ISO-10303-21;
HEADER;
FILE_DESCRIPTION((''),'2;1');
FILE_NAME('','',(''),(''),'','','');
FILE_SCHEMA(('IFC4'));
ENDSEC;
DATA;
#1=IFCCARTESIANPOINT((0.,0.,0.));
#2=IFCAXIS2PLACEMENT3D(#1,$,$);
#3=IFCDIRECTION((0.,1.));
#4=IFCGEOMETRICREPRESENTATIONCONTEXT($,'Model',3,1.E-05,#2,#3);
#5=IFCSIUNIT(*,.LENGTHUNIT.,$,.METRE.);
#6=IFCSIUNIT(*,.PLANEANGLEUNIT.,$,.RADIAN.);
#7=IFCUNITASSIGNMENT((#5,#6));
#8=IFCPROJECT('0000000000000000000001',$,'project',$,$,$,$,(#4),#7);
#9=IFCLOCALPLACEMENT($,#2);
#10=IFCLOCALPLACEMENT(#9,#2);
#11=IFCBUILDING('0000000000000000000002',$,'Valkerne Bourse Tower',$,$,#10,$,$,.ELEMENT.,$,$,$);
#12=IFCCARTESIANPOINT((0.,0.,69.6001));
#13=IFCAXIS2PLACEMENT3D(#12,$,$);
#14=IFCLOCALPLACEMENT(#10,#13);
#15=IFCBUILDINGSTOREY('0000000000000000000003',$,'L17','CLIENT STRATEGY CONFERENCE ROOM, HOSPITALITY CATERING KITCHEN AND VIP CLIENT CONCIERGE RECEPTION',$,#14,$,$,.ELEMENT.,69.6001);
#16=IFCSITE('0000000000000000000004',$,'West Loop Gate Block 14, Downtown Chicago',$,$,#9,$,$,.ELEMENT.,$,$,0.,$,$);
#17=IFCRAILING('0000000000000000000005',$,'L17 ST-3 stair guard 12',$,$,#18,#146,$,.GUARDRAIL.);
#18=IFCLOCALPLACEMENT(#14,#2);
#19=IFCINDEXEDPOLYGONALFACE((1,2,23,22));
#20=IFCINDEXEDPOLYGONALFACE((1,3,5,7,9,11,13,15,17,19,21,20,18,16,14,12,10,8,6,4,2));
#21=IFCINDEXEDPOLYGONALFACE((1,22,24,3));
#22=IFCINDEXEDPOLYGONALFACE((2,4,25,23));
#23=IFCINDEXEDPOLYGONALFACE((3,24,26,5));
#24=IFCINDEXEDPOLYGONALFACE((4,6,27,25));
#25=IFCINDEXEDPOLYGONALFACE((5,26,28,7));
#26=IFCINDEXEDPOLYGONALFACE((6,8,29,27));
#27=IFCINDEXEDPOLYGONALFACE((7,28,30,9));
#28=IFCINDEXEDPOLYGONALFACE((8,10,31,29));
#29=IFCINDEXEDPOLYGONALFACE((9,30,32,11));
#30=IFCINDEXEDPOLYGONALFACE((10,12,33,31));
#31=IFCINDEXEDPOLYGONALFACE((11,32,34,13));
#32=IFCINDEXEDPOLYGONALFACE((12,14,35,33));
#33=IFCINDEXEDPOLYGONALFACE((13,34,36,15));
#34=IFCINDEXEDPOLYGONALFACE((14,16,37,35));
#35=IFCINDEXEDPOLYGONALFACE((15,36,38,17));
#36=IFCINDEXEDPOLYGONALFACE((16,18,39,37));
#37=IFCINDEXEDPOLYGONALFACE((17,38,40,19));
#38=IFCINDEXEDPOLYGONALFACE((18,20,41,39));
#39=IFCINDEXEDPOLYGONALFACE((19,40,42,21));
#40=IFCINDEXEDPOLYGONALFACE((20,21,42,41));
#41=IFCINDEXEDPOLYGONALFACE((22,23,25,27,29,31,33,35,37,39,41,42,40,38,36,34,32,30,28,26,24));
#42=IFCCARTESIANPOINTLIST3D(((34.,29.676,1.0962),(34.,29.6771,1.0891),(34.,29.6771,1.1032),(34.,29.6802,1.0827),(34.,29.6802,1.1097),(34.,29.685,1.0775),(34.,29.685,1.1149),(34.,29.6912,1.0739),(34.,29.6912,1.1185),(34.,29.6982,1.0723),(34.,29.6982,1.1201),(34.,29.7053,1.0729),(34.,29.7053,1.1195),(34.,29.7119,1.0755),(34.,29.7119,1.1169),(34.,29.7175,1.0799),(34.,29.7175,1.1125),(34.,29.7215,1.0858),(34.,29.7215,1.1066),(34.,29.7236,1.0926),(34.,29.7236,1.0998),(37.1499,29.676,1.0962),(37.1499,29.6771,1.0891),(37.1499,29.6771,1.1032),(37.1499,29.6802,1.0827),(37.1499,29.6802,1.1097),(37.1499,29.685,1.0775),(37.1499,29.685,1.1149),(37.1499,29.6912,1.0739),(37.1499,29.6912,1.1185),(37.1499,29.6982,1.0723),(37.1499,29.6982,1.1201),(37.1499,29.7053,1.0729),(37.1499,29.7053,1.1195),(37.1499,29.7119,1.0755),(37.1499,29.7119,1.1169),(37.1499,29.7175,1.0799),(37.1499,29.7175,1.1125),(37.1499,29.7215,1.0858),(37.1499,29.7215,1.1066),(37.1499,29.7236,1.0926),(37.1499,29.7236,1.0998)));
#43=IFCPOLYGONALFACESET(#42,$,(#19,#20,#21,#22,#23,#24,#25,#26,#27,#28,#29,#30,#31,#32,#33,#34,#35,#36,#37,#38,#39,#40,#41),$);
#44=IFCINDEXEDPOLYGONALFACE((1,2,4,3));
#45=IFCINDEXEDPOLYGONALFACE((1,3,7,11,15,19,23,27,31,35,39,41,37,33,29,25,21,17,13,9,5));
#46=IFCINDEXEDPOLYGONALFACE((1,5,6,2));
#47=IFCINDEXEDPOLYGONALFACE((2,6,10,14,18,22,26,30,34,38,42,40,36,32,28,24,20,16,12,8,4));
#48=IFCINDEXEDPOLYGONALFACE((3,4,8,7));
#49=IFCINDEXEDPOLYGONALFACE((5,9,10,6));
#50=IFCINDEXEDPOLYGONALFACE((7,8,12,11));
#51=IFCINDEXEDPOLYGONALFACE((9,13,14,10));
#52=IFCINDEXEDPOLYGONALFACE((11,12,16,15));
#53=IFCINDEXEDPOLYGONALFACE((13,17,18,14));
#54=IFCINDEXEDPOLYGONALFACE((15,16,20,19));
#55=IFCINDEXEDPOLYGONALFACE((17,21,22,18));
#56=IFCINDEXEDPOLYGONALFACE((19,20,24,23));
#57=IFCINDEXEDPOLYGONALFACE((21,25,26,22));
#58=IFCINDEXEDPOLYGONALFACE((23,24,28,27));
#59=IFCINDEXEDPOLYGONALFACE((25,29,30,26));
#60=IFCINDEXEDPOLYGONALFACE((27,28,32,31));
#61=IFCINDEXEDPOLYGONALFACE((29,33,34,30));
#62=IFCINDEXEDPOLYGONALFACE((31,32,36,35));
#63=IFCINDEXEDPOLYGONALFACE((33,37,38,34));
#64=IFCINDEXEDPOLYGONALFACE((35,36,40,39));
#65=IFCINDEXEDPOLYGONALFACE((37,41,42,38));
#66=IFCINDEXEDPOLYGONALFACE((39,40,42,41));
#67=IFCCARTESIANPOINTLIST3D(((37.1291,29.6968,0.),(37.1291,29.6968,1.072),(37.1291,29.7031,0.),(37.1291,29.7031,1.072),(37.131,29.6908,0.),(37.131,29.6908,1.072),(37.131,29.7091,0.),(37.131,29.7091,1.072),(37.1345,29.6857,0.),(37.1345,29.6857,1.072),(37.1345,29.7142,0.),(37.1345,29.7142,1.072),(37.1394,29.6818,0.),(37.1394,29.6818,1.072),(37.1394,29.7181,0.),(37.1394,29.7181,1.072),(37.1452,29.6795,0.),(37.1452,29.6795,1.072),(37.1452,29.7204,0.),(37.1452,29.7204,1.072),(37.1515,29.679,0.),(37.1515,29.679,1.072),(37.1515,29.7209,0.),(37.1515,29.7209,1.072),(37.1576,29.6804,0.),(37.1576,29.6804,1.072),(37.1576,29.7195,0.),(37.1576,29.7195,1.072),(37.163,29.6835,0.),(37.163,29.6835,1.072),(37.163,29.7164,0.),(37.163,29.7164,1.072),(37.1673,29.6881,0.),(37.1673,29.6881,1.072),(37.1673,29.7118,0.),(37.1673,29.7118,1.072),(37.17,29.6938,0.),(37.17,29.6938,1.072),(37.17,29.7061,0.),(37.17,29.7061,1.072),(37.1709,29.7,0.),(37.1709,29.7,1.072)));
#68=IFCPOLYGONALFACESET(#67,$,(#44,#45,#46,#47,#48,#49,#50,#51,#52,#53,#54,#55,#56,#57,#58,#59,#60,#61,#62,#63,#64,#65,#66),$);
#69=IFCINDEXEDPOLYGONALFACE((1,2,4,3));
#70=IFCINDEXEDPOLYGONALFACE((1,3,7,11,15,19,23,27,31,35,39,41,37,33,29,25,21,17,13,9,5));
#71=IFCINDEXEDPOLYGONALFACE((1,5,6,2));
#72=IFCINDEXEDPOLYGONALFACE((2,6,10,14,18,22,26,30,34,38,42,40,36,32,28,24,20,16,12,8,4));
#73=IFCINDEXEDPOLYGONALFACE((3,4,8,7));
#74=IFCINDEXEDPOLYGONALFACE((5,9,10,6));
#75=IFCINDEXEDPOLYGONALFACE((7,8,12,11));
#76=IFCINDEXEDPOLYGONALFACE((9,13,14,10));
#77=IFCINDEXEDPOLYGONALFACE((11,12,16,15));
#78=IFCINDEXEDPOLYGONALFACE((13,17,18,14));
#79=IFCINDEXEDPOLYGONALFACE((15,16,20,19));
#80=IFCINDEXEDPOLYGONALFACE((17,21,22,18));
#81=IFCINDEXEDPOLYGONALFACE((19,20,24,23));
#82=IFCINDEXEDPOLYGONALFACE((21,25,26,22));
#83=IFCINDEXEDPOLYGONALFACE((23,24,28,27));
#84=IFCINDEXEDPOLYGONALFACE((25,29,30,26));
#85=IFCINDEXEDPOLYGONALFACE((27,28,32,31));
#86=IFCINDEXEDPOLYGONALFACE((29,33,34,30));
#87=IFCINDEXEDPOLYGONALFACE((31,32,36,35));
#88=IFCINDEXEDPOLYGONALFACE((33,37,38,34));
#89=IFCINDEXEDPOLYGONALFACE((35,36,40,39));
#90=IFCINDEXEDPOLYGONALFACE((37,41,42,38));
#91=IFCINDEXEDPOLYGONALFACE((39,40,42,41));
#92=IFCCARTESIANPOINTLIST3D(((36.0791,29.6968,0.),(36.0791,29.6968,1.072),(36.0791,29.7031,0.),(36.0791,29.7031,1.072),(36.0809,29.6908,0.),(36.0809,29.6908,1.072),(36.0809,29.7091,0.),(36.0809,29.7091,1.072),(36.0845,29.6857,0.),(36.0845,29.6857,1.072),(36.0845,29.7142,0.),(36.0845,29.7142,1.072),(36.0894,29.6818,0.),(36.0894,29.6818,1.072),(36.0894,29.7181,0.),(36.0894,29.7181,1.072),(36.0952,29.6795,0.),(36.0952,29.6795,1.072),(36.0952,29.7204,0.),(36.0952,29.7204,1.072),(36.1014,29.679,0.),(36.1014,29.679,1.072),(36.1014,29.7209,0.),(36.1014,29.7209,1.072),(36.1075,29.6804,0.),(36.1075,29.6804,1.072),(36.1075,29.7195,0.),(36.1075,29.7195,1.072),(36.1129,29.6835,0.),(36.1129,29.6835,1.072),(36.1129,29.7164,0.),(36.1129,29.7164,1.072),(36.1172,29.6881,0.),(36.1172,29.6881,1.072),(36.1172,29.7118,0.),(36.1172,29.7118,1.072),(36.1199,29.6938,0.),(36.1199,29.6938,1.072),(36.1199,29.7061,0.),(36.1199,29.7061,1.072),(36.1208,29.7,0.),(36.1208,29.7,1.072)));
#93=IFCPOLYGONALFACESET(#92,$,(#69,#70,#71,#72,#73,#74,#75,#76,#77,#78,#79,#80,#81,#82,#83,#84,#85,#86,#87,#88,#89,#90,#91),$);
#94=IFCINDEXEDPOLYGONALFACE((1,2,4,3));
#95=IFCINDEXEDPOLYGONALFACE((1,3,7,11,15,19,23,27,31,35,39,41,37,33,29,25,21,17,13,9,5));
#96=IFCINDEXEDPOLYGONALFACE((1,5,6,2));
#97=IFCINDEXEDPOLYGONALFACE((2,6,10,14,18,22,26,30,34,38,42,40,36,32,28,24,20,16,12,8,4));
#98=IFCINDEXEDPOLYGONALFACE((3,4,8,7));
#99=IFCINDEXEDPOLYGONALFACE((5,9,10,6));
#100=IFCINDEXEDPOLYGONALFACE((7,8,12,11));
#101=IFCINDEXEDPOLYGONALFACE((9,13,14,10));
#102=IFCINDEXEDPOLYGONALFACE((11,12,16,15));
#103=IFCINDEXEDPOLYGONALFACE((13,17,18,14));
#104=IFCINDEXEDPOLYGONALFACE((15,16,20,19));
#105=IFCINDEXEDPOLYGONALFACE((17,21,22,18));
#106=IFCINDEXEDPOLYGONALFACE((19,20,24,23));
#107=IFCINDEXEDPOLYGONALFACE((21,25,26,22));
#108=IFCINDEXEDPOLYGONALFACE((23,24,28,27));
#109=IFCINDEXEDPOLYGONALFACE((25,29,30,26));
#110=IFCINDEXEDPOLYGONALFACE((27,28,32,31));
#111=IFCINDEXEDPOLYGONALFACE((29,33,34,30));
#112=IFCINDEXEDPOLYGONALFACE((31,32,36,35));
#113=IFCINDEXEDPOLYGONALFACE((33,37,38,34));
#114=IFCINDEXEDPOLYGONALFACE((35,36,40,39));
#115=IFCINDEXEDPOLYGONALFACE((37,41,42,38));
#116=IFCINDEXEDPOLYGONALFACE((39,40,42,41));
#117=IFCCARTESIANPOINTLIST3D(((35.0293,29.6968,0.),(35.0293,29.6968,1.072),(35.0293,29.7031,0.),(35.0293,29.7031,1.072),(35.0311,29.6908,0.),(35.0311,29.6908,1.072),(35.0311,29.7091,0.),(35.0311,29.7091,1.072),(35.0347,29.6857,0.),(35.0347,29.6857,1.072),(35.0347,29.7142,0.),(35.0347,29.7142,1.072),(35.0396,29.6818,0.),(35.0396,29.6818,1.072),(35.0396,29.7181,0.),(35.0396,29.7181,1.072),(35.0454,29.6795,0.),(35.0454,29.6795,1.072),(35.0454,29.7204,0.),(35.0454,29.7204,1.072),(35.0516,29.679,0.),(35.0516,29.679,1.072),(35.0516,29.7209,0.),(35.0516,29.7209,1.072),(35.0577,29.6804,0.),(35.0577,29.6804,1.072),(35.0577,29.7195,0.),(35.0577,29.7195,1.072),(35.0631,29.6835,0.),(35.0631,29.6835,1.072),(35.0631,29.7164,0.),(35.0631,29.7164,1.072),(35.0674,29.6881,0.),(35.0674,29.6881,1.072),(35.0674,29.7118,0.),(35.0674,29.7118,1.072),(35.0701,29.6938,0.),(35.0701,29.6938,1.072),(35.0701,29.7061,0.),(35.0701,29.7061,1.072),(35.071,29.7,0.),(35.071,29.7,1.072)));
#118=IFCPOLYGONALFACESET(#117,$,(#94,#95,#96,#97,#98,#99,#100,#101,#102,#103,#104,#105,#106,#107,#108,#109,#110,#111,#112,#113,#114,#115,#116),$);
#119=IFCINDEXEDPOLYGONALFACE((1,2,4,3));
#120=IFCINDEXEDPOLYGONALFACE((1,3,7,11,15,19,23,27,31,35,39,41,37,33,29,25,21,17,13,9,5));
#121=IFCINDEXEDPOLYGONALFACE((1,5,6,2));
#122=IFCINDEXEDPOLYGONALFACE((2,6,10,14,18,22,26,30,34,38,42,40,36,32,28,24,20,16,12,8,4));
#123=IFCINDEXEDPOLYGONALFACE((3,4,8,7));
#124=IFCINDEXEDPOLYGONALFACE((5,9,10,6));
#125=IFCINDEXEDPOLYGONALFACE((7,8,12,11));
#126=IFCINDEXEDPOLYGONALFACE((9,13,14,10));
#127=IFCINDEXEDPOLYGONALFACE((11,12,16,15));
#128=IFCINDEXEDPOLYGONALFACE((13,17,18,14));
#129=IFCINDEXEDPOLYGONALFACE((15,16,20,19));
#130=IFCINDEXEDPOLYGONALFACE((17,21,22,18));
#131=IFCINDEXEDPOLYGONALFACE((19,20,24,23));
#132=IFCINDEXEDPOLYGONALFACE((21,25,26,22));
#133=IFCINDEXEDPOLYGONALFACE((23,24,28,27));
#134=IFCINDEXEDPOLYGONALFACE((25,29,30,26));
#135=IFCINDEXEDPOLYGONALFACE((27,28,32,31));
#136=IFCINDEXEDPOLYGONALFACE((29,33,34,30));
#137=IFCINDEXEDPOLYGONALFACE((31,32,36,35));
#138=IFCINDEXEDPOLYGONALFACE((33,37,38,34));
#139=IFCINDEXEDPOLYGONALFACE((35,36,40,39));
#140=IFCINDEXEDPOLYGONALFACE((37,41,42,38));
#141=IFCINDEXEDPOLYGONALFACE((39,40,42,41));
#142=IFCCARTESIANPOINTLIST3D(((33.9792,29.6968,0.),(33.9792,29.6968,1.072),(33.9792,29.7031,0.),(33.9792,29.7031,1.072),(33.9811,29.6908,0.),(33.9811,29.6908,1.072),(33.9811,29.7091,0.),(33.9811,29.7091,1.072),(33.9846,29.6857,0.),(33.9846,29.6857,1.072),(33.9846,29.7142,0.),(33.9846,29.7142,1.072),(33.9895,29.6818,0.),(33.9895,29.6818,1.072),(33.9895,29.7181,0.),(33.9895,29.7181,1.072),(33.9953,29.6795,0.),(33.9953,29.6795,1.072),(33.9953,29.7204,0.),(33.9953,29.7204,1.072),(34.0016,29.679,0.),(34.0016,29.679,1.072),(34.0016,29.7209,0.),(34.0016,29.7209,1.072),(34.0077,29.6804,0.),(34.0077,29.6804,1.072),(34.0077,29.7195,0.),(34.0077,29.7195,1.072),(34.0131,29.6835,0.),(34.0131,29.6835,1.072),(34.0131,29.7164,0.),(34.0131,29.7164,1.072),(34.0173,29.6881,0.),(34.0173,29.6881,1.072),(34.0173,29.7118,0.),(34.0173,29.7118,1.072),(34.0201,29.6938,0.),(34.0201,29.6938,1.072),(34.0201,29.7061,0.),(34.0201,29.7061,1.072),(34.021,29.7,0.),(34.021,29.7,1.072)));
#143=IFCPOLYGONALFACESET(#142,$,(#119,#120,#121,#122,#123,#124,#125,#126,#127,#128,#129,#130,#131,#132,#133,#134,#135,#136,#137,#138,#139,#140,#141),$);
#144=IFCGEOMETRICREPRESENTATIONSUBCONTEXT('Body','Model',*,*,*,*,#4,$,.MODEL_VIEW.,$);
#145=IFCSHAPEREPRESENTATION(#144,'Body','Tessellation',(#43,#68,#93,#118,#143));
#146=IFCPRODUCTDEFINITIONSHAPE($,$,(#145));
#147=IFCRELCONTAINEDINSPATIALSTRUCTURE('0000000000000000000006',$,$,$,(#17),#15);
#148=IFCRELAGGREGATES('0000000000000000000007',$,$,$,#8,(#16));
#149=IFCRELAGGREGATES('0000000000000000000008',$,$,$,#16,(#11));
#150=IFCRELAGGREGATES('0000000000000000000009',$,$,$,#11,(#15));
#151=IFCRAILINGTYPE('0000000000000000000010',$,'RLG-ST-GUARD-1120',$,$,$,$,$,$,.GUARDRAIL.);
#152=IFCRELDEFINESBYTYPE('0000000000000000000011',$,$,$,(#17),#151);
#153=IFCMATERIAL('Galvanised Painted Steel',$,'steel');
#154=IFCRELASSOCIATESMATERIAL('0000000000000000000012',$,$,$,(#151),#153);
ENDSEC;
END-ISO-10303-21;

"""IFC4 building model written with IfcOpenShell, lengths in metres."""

from ifc_helpers import new_model, si_unit, direction, frame, origin, origin_2d, place, context, subcontext, project, spatial, circle, extrude, material, type_object, element, save


model = new_model("IFC4")

# Units and contexts
model_context = context("Model", 3, precision=1e-05, world=origin(), true_north=direction((0.0, 1.0)))
body_context = subcontext(model_context, "Body", "Model", "MODEL_VIEW")
ifc_project = project(units=[si_unit("LENGTHUNIT", "METRE"), si_unit("PLANEANGLEUNIT", "RADIAN")], contexts=[model_context])

# Site, building, storey
site_placement = place(None, origin())
site = spatial("IfcSite", under=ifc_project, at=site_placement, Name="West Loop Gate Block 14, Downtown Chicago", CompositionType="ELEMENT", RefElevation=0.0)
building_placement = place(site_placement, origin())
building = spatial("IfcBuilding", under=site, at=building_placement, Name="Valkerne Bourse Tower", CompositionType="ELEMENT")
storey_placement = place(building_placement, frame((0.0, 0.0, 69.6001)))
storey = spatial("IfcBuildingStorey", under=building, at=storey_placement, Name="L17", Description="CLIENT STRATEGY CONFERENCE ROOM, HOSPITALITY CATERING KITCHEN AND VIP CLIENT CONCIERGE RECEPTION", CompositionType="ELEMENT", Elevation=69.6001)

# Shared definitions
ifc_material_1 = material(Name="Galvanised Painted Steel", Category="steel")

# Railing
railing_type_1 = type_object("IfcRailingType", Name="RLG-ST-GUARD-1120", PredefinedType="GUARDRAIL", material=ifc_material_1)
railing_1_placement = place(storey_placement, frame((37.1499, 29.7, 0.0)))
element("IfcRailing", 1, at=railing_1_placement, inside=storey, type_object=railing_type_1, Name="L17 ST-3 stair guard 12", PredefinedType="GUARDRAIL", context=body_context, shape_type="SweptSolid", body=[
    extrude(circle(Radius=0.0239, at=origin_2d()), frame((0.0, 0.0, 1.0962), z_axis=(-1.0, 0.0, 0.0), x_axis=(0.0, -1.0, 0.0)), (0.0, 0.0, 1.0), 3.1499),
    extrude(circle(Radius=0.021, at=origin_2d()), origin(), (0.0, 0.0, 1.0), 1.072),
    extrude(circle(Radius=0.021, at=origin_2d()), frame((-1.05, 0.0, 0.0)), (0.0, 0.0, 1.0), 1.072),
    extrude(circle(Radius=0.021, at=origin_2d()), frame((-2.0999, 0.0, 0.0)), (0.0, 0.0, 1.0), 1.072),
    extrude(circle(Radius=0.021, at=origin_2d()), frame((-3.1499, 0.0, 0.0)), (0.0, 0.0, 1.0), 1.072),
])

save(model, "model.ifc")
